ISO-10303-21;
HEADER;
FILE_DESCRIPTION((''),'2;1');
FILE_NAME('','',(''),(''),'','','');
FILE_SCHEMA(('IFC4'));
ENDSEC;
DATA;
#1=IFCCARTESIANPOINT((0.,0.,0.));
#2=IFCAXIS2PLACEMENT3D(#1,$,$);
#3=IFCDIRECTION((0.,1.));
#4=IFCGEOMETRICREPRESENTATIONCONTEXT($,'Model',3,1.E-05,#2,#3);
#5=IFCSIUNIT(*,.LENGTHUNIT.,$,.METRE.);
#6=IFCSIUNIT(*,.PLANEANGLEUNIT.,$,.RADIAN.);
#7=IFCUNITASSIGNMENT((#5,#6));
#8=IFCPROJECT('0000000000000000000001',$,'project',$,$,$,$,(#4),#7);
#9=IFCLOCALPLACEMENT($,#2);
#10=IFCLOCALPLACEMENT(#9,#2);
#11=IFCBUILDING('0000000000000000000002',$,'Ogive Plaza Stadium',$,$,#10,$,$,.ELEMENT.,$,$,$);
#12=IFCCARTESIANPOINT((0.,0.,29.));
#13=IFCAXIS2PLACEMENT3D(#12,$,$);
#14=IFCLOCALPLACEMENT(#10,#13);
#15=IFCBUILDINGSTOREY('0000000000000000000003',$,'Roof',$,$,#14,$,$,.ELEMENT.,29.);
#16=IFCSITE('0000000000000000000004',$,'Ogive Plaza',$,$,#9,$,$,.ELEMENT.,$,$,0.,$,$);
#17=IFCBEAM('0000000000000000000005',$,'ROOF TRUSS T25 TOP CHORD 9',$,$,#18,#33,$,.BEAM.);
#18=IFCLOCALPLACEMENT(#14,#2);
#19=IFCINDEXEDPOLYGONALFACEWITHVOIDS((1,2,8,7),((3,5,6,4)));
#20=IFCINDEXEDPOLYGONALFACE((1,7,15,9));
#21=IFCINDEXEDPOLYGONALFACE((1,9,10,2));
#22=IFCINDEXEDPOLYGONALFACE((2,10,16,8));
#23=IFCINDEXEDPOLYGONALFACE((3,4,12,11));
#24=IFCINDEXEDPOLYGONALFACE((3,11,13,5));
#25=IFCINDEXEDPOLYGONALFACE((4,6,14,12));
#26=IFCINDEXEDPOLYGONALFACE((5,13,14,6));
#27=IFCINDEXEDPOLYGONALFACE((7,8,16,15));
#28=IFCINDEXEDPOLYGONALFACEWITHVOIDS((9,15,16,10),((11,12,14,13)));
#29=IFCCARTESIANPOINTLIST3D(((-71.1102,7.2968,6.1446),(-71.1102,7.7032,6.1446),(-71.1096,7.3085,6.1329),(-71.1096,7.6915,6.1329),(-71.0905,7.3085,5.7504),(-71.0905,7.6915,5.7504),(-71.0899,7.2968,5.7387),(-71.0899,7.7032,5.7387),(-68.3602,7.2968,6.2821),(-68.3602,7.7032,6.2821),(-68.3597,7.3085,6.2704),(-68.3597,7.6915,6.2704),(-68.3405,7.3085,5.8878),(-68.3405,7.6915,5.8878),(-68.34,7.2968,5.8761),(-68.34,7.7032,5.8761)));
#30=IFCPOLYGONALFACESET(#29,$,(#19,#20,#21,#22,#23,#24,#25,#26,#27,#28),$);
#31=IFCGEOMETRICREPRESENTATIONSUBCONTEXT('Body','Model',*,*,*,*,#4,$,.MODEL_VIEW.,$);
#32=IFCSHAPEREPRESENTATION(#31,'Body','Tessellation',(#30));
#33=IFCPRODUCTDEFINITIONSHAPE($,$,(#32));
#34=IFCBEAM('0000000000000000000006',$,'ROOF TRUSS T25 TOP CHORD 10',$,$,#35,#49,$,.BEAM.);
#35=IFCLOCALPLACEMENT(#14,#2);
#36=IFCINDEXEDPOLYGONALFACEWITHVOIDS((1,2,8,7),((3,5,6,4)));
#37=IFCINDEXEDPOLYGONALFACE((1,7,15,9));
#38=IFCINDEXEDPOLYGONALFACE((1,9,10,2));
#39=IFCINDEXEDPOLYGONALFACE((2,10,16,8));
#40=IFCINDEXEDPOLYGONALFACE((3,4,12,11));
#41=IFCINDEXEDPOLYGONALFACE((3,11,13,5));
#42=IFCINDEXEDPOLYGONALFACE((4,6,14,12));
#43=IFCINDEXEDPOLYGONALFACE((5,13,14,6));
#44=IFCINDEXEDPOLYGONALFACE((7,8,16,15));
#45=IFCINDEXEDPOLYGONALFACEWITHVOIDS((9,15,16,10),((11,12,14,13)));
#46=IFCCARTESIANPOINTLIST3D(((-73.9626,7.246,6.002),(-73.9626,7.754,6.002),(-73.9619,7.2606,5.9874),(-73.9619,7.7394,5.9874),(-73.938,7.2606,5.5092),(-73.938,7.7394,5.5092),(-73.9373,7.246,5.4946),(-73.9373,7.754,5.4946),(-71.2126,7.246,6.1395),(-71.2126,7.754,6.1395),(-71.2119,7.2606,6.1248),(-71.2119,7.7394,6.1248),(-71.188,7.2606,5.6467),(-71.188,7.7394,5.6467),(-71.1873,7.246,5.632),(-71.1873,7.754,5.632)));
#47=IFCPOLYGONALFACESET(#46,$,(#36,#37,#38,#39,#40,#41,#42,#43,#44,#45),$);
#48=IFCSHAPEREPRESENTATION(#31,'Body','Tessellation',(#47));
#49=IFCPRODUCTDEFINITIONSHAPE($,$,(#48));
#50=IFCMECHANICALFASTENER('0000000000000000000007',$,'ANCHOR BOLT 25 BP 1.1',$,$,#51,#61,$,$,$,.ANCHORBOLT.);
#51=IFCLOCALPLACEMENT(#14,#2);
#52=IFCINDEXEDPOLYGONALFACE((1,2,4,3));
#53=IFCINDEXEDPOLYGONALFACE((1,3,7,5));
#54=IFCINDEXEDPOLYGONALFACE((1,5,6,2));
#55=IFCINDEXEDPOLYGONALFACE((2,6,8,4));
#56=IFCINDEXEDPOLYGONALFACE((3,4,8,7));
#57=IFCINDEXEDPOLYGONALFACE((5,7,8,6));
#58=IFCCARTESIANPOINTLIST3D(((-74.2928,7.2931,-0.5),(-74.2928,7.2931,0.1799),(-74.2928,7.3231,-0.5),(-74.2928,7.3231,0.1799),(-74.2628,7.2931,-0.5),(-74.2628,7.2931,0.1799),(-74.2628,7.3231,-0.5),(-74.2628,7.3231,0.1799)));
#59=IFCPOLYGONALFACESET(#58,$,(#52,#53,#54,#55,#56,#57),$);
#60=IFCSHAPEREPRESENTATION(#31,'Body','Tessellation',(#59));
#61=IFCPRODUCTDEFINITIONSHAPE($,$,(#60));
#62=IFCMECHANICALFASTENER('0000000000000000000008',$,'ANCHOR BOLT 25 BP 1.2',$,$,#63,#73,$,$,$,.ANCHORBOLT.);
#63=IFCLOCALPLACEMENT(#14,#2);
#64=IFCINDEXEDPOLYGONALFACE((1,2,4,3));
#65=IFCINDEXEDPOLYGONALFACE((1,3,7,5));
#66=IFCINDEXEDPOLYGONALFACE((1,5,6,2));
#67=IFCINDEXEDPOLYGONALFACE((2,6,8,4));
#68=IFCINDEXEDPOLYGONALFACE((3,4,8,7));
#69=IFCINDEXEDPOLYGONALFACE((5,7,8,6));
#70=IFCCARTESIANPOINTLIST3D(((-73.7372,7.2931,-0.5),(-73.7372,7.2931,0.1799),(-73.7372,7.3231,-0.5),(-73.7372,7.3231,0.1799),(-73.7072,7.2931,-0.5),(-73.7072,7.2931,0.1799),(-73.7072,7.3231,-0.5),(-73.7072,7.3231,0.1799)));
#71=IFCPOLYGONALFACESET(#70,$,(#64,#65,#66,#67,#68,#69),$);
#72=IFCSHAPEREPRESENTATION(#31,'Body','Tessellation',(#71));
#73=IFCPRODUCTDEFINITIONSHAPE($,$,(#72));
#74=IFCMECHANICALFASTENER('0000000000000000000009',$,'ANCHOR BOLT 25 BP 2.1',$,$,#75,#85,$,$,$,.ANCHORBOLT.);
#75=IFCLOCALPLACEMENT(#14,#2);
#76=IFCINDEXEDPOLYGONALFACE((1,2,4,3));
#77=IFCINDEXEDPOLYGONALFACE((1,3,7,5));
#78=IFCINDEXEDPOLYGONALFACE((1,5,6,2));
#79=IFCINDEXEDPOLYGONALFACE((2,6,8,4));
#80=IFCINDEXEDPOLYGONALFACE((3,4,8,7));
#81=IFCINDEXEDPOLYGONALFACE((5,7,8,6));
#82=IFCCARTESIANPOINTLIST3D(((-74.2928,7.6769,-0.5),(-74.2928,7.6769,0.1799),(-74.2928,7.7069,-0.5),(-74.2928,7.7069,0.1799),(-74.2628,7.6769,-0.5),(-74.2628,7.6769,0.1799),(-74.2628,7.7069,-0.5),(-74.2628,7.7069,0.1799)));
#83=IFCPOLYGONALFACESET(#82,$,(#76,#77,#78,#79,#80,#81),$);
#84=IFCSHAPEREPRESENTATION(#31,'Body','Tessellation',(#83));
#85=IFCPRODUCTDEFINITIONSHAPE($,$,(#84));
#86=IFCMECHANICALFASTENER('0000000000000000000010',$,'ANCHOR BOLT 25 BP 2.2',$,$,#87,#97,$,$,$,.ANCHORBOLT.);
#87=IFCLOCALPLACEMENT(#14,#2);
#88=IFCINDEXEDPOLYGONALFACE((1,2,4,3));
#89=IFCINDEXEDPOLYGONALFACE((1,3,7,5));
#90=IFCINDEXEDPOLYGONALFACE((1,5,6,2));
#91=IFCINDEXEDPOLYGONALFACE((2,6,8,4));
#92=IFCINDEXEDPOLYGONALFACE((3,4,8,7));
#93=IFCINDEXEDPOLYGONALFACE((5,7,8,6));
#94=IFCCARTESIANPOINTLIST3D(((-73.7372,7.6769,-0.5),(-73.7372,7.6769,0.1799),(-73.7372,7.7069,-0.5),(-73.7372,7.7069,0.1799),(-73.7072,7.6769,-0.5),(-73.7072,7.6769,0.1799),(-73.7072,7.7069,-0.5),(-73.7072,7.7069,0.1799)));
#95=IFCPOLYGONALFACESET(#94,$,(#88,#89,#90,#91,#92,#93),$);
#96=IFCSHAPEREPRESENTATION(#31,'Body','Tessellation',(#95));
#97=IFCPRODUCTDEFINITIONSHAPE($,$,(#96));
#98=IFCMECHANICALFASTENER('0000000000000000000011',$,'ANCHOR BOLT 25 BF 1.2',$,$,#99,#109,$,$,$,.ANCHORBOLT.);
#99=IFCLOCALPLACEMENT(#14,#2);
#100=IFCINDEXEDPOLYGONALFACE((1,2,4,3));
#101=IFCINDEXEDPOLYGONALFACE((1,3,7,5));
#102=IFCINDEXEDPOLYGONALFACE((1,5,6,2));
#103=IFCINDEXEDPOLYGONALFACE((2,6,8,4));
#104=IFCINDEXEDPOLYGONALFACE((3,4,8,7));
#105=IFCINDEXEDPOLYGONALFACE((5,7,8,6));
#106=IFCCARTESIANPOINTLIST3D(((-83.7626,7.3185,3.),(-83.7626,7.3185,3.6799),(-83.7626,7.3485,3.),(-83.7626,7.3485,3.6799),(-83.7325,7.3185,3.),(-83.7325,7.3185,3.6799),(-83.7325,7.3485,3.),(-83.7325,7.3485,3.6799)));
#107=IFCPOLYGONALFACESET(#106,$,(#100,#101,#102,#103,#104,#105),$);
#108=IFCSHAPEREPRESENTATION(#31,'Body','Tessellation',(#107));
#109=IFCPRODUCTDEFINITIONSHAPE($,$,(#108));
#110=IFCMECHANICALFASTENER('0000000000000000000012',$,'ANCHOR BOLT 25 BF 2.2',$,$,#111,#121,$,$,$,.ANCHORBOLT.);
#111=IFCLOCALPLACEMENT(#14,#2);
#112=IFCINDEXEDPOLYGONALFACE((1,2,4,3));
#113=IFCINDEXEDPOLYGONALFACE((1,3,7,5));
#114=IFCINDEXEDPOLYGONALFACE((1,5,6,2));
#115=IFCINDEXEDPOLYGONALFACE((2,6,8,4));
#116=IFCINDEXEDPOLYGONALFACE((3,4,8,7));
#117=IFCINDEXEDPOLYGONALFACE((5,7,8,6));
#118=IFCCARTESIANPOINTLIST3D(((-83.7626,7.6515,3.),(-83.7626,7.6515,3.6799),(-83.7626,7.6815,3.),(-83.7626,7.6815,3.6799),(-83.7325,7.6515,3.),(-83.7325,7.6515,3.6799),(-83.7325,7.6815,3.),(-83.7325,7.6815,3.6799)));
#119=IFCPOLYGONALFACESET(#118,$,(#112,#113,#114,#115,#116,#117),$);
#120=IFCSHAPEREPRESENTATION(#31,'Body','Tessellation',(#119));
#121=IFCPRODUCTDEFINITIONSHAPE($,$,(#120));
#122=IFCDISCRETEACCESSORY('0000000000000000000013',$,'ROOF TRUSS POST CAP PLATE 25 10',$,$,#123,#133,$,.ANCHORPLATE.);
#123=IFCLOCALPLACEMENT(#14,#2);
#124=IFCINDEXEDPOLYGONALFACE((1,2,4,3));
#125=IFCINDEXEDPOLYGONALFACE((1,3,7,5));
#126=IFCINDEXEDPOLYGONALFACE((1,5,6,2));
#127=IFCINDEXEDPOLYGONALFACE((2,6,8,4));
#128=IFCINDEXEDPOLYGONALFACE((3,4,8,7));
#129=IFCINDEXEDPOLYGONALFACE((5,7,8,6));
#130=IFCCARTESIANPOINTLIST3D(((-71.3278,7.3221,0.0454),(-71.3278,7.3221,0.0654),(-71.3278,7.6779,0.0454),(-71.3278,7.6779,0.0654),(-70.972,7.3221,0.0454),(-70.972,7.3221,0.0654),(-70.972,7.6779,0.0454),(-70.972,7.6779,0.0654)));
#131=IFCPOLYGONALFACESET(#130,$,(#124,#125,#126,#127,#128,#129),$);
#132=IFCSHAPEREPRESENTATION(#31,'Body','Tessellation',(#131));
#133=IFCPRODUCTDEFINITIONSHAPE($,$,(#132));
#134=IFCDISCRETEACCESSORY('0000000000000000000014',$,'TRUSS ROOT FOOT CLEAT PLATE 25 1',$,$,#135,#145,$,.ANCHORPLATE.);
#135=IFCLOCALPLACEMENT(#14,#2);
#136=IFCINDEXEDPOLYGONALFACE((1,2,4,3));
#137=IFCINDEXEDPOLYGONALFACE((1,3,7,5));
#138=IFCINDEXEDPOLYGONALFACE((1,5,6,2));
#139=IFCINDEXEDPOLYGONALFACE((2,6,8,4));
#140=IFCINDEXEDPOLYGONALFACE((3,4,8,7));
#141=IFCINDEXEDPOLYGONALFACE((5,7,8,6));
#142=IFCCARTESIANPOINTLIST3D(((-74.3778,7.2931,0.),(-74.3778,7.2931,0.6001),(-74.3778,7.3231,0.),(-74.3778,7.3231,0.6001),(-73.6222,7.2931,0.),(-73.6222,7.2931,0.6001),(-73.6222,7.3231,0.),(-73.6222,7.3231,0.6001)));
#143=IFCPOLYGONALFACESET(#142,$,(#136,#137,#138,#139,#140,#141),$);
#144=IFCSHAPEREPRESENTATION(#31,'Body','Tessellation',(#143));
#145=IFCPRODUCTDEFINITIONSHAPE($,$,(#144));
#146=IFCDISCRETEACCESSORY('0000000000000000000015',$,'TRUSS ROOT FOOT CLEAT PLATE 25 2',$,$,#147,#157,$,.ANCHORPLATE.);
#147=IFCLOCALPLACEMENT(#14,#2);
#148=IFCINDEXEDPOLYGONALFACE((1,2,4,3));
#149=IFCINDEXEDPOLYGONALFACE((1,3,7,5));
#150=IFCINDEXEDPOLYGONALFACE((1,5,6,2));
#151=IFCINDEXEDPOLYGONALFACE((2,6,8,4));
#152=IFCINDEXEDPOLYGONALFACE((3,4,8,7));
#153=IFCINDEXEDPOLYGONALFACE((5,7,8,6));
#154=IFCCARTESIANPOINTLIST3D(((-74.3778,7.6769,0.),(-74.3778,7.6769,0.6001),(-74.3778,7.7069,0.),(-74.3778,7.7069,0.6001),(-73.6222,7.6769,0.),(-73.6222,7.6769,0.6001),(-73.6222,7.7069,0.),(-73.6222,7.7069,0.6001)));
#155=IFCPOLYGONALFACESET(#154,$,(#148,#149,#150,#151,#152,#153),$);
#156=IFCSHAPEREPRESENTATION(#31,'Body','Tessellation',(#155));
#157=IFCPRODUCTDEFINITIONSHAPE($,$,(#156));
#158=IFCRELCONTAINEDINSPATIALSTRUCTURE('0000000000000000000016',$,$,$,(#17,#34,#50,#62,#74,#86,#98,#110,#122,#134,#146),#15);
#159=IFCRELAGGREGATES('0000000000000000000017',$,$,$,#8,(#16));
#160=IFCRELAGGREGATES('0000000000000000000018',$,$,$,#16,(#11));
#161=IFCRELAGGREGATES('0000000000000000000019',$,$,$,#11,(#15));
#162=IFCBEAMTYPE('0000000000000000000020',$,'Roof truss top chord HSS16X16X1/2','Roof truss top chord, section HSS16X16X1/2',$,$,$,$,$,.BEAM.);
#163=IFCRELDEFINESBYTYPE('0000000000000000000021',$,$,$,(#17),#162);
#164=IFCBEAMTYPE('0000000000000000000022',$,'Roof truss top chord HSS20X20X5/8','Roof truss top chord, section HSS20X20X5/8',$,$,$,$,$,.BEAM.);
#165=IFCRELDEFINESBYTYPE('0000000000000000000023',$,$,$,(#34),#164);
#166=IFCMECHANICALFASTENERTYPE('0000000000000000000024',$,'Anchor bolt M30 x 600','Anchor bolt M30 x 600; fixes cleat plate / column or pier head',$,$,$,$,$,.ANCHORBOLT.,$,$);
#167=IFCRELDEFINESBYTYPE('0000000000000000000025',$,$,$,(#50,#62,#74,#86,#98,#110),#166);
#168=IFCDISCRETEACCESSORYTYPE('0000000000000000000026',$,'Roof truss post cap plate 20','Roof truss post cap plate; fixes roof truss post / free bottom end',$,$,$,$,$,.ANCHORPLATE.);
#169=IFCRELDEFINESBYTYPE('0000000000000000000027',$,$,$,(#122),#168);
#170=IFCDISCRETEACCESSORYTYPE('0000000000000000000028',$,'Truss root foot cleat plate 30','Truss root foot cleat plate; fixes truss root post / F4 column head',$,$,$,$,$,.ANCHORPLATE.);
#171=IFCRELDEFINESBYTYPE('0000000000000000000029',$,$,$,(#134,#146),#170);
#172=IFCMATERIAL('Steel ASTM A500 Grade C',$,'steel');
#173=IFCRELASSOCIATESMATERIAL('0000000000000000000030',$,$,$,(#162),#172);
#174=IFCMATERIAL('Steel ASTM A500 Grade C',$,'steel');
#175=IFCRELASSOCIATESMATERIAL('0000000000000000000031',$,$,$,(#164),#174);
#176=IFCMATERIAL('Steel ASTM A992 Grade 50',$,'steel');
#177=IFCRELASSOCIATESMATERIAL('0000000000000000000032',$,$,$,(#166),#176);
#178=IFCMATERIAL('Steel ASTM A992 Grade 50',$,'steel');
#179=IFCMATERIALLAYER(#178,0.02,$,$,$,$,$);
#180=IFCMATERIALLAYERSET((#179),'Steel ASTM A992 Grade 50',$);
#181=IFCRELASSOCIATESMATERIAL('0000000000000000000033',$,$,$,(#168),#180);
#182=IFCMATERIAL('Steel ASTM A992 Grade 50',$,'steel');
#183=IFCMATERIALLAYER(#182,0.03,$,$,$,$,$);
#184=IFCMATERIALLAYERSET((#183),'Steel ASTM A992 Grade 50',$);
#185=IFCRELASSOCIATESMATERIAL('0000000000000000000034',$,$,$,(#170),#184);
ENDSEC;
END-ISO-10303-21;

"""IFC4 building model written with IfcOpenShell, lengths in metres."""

from ifc_helpers import new_model, si_unit, direction, frame, origin, origin_2d, place, context, subcontext, project, spatial, rectangle, hollow_rectangle, extrude, material, layer, layer_set, material_profile, profile_set, type_object, element, save


model = new_model("IFC4")

# Units and contexts
model_context = context("Model", 3, precision=1e-05, world=origin(), true_north=direction((0.0, 1.0)))
body_context = subcontext(model_context, "Body", "Model", "MODEL_VIEW")
ifc_project = project(units=[si_unit("LENGTHUNIT", "METRE"), si_unit("PLANEANGLEUNIT", "RADIAN")], contexts=[model_context])

# Site, building, storey
site_placement = place(None, origin())
site = spatial("IfcSite", under=ifc_project, at=site_placement, Name="Ogive Plaza", CompositionType="ELEMENT", RefElevation=0.0)
building_placement = place(site_placement, origin())
building = spatial("IfcBuilding", under=site, at=building_placement, Name="Ogive Plaza Stadium", CompositionType="ELEMENT")
storey_placement = place(building_placement, frame((0.0, 0.0, 29.0)))
storey = spatial("IfcBuildingStorey", under=building, at=storey_placement, Name="Roof", CompositionType="ELEMENT", Elevation=29.0)

# Beams
ifc_material_1 = material(Name="Steel ASTM A500 Grade C", Category="steel")
ifc_material_profile_1 = material_profile(ifc_material_1, hollow_rectangle(XDim=0.4065, YDim=0.4065, WallThickness=0.0117, at=origin_2d()), Name="HSS16X16X1/2")
ifc_profile_set_1 = profile_set([ifc_material_profile_1], Name="Steel ASTM A500 Grade C")
beam_type_1 = type_object("IfcBeamType", Name="Roof truss top chord HSS16X16X1/2", Description="Roof truss top chord, section HSS16X16X1/2", PredefinedType="BEAM", material=ifc_profile_set_1)
beam_1_placement = place(storey_placement, frame((-68.3501, 7.5, 6.0791), z_axis=(-0.998753, 0.0, -0.04992), x_axis=(0.0, -1.0, 0.0)))
element("IfcBeam", 1, at=beam_1_placement, inside=storey, type_object=beam_type_1, Name="ROOF TRUSS T25 TOP CHORD 9", PredefinedType="BEAM", context=body_context, shape_type="SweptSolid", body=[
    extrude(hollow_rectangle(XDim=0.4065, YDim=0.4065, WallThickness=0.0117, at=origin_2d()), origin(), (0.0, 0.0, 1.0), 2.7534),
])
ifc_material_2 = material(Name="Steel ASTM A500 Grade C", Category="steel")
ifc_material_profile_2 = material_profile(ifc_material_2, hollow_rectangle(XDim=0.5081, YDim=0.5081, WallThickness=0.0146, at=origin_2d()), Name="HSS20X20X5/8")
ifc_profile_set_2 = profile_set([ifc_material_profile_2], Name="Steel ASTM A500 Grade C")
beam_type_2 = type_object("IfcBeamType", Name="Roof truss top chord HSS20X20X5/8", Description="Roof truss top chord, section HSS20X20X5/8", PredefinedType="BEAM", material=ifc_profile_set_2)
beam_2_placement = place(storey_placement, frame((-71.2, 7.5, 5.8857), z_axis=(-0.998753, 0.0, -0.04992), x_axis=(0.0, -1.0, 0.0)))
element("IfcBeam", 2, at=beam_2_placement, inside=storey, type_object=beam_type_2, Name="ROOF TRUSS T25 TOP CHORD 10", PredefinedType="BEAM", context=body_context, shape_type="SweptSolid", body=[
    extrude(hollow_rectangle(XDim=0.5081, YDim=0.5081, WallThickness=0.0146, at=origin_2d()), origin(), (0.0, 0.0, 1.0), 2.7534),
])

# Mechanical fasteners
ifc_material_3 = material(Name="Steel ASTM A992 Grade 50", Category="steel")
mechanical_fastener_type = type_object("IfcMechanicalFastenerType", Name="Anchor bolt M30 x 600", Description="Anchor bolt M30 x 600; fixes cleat plate / column or pier head", PredefinedType="ANCHORBOLT", material=ifc_material_3)
for number, where, z_axis, x_axis, name in (
    (3, (-74.2778, 7.3081, -0.5), (0.0, 0.0, 1.0), (-1.0, 0.0, 0.0), "ANCHOR BOLT 25 BP 1.1"),
    (4, (-73.7222, 7.3081, -0.5), (0.0, 0.0, 1.0), (-1.0, 0.0, 0.0), "ANCHOR BOLT 25 BP 1.2"),
    (5, (-74.2778, 7.6919, -0.5), (0.0, 0.0, 1.0), (-1.0, 0.0, 0.0), "ANCHOR BOLT 25 BP 2.1"),
    (6, (-73.7222, 7.6919, -0.5), (0.0, 0.0, 1.0), (-1.0, 0.0, 0.0), "ANCHOR BOLT 25 BP 2.2"),
    (7, (-83.7476, 7.3335, 3.0), (0.0, 0.0, 1.0), (-1.0, 0.0, 0.0), "ANCHOR BOLT 25 BF 1.2"),
    (8, (-83.7476, 7.6665, 3.0), (0.0, 0.0, 1.0), (-1.0, 0.0, 0.0), "ANCHOR BOLT 25 BF 2.2"),
):
    element("IfcMechanicalFastener", number, at=place(storey_placement, frame(where, z_axis=z_axis, x_axis=x_axis)), inside=storey, type_object=mechanical_fastener_type, Name=name, PredefinedType="ANCHORBOLT", context=body_context, shape_type="SweptSolid", body=[
        extrude(rectangle(XDim=0.03, YDim=0.03, at=origin_2d()), origin(), (0.0, 0.0, 1.0), 0.6799),
    ])

# Discrete accessories
ifc_material_4 = material(Name="Steel ASTM A992 Grade 50", Category="steel")
ifc_layer_1 = layer(ifc_material_4, 0.02)
ifc_layer_set_1 = layer_set([ifc_layer_1], Name="Steel ASTM A992 Grade 50")
discrete_accessory_type_1 = type_object("IfcDiscreteAccessoryType", Name="Roof truss post cap plate 20", Description="Roof truss post cap plate; fixes roof truss post / free bottom end", PredefinedType="ANCHORPLATE", material=ifc_layer_set_1)
discrete_accessory_placement = place(storey_placement, frame((-71.1499, 7.5, 0.0454), z_axis=(0.0, 0.0, 1.0), x_axis=(-1.0, 0.0, 0.0)))
element("IfcDiscreteAccessory", 9, at=discrete_accessory_placement, inside=storey, type_object=discrete_accessory_type_1, Name="ROOF TRUSS POST CAP PLATE 25 10", PredefinedType="ANCHORPLATE", context=body_context, shape_type="SweptSolid", body=[
    extrude(rectangle(XDim=0.3557, YDim=0.3557, at=origin_2d()), origin(), (0.0, 0.0, 1.0), 0.02),
])
ifc_material_5 = material(Name="Steel ASTM A992 Grade 50", Category="steel")
ifc_layer_2 = layer(ifc_material_5, 0.03)
ifc_layer_set_2 = layer_set([ifc_layer_2], Name="Steel ASTM A992 Grade 50")
discrete_accessory_type_2 = type_object("IfcDiscreteAccessoryType", Name="Truss root foot cleat plate 30", Description="Truss root foot cleat plate; fixes truss root post / F4 column head", PredefinedType="ANCHORPLATE", material=ifc_layer_set_2)
for number, where, z_axis, x_axis, name in (
    (10, (-74.0, 7.3081, 0.0), (0.0, 0.0, 1.0), (-1.0, 0.0, 0.0), "TRUSS ROOT FOOT CLEAT PLATE 25 1"),
    (11, (-74.0, 7.6919, 0.0), (0.0, 0.0, 1.0), (-1.0, 0.0, 0.0), "TRUSS ROOT FOOT CLEAT PLATE 25 2"),
):
    element("IfcDiscreteAccessory", number, at=place(storey_placement, frame(where, z_axis=z_axis, x_axis=x_axis)), inside=storey, type_object=discrete_accessory_type_2, Name=name, PredefinedType="ANCHORPLATE", context=body_context, shape_type="SweptSolid", body=[
        extrude(rectangle(XDim=0.7556, YDim=0.03, at=origin_2d()), origin(), (0.0, 0.0, 1.0), 0.6001),
    ])

save(model, "model.ifc")
